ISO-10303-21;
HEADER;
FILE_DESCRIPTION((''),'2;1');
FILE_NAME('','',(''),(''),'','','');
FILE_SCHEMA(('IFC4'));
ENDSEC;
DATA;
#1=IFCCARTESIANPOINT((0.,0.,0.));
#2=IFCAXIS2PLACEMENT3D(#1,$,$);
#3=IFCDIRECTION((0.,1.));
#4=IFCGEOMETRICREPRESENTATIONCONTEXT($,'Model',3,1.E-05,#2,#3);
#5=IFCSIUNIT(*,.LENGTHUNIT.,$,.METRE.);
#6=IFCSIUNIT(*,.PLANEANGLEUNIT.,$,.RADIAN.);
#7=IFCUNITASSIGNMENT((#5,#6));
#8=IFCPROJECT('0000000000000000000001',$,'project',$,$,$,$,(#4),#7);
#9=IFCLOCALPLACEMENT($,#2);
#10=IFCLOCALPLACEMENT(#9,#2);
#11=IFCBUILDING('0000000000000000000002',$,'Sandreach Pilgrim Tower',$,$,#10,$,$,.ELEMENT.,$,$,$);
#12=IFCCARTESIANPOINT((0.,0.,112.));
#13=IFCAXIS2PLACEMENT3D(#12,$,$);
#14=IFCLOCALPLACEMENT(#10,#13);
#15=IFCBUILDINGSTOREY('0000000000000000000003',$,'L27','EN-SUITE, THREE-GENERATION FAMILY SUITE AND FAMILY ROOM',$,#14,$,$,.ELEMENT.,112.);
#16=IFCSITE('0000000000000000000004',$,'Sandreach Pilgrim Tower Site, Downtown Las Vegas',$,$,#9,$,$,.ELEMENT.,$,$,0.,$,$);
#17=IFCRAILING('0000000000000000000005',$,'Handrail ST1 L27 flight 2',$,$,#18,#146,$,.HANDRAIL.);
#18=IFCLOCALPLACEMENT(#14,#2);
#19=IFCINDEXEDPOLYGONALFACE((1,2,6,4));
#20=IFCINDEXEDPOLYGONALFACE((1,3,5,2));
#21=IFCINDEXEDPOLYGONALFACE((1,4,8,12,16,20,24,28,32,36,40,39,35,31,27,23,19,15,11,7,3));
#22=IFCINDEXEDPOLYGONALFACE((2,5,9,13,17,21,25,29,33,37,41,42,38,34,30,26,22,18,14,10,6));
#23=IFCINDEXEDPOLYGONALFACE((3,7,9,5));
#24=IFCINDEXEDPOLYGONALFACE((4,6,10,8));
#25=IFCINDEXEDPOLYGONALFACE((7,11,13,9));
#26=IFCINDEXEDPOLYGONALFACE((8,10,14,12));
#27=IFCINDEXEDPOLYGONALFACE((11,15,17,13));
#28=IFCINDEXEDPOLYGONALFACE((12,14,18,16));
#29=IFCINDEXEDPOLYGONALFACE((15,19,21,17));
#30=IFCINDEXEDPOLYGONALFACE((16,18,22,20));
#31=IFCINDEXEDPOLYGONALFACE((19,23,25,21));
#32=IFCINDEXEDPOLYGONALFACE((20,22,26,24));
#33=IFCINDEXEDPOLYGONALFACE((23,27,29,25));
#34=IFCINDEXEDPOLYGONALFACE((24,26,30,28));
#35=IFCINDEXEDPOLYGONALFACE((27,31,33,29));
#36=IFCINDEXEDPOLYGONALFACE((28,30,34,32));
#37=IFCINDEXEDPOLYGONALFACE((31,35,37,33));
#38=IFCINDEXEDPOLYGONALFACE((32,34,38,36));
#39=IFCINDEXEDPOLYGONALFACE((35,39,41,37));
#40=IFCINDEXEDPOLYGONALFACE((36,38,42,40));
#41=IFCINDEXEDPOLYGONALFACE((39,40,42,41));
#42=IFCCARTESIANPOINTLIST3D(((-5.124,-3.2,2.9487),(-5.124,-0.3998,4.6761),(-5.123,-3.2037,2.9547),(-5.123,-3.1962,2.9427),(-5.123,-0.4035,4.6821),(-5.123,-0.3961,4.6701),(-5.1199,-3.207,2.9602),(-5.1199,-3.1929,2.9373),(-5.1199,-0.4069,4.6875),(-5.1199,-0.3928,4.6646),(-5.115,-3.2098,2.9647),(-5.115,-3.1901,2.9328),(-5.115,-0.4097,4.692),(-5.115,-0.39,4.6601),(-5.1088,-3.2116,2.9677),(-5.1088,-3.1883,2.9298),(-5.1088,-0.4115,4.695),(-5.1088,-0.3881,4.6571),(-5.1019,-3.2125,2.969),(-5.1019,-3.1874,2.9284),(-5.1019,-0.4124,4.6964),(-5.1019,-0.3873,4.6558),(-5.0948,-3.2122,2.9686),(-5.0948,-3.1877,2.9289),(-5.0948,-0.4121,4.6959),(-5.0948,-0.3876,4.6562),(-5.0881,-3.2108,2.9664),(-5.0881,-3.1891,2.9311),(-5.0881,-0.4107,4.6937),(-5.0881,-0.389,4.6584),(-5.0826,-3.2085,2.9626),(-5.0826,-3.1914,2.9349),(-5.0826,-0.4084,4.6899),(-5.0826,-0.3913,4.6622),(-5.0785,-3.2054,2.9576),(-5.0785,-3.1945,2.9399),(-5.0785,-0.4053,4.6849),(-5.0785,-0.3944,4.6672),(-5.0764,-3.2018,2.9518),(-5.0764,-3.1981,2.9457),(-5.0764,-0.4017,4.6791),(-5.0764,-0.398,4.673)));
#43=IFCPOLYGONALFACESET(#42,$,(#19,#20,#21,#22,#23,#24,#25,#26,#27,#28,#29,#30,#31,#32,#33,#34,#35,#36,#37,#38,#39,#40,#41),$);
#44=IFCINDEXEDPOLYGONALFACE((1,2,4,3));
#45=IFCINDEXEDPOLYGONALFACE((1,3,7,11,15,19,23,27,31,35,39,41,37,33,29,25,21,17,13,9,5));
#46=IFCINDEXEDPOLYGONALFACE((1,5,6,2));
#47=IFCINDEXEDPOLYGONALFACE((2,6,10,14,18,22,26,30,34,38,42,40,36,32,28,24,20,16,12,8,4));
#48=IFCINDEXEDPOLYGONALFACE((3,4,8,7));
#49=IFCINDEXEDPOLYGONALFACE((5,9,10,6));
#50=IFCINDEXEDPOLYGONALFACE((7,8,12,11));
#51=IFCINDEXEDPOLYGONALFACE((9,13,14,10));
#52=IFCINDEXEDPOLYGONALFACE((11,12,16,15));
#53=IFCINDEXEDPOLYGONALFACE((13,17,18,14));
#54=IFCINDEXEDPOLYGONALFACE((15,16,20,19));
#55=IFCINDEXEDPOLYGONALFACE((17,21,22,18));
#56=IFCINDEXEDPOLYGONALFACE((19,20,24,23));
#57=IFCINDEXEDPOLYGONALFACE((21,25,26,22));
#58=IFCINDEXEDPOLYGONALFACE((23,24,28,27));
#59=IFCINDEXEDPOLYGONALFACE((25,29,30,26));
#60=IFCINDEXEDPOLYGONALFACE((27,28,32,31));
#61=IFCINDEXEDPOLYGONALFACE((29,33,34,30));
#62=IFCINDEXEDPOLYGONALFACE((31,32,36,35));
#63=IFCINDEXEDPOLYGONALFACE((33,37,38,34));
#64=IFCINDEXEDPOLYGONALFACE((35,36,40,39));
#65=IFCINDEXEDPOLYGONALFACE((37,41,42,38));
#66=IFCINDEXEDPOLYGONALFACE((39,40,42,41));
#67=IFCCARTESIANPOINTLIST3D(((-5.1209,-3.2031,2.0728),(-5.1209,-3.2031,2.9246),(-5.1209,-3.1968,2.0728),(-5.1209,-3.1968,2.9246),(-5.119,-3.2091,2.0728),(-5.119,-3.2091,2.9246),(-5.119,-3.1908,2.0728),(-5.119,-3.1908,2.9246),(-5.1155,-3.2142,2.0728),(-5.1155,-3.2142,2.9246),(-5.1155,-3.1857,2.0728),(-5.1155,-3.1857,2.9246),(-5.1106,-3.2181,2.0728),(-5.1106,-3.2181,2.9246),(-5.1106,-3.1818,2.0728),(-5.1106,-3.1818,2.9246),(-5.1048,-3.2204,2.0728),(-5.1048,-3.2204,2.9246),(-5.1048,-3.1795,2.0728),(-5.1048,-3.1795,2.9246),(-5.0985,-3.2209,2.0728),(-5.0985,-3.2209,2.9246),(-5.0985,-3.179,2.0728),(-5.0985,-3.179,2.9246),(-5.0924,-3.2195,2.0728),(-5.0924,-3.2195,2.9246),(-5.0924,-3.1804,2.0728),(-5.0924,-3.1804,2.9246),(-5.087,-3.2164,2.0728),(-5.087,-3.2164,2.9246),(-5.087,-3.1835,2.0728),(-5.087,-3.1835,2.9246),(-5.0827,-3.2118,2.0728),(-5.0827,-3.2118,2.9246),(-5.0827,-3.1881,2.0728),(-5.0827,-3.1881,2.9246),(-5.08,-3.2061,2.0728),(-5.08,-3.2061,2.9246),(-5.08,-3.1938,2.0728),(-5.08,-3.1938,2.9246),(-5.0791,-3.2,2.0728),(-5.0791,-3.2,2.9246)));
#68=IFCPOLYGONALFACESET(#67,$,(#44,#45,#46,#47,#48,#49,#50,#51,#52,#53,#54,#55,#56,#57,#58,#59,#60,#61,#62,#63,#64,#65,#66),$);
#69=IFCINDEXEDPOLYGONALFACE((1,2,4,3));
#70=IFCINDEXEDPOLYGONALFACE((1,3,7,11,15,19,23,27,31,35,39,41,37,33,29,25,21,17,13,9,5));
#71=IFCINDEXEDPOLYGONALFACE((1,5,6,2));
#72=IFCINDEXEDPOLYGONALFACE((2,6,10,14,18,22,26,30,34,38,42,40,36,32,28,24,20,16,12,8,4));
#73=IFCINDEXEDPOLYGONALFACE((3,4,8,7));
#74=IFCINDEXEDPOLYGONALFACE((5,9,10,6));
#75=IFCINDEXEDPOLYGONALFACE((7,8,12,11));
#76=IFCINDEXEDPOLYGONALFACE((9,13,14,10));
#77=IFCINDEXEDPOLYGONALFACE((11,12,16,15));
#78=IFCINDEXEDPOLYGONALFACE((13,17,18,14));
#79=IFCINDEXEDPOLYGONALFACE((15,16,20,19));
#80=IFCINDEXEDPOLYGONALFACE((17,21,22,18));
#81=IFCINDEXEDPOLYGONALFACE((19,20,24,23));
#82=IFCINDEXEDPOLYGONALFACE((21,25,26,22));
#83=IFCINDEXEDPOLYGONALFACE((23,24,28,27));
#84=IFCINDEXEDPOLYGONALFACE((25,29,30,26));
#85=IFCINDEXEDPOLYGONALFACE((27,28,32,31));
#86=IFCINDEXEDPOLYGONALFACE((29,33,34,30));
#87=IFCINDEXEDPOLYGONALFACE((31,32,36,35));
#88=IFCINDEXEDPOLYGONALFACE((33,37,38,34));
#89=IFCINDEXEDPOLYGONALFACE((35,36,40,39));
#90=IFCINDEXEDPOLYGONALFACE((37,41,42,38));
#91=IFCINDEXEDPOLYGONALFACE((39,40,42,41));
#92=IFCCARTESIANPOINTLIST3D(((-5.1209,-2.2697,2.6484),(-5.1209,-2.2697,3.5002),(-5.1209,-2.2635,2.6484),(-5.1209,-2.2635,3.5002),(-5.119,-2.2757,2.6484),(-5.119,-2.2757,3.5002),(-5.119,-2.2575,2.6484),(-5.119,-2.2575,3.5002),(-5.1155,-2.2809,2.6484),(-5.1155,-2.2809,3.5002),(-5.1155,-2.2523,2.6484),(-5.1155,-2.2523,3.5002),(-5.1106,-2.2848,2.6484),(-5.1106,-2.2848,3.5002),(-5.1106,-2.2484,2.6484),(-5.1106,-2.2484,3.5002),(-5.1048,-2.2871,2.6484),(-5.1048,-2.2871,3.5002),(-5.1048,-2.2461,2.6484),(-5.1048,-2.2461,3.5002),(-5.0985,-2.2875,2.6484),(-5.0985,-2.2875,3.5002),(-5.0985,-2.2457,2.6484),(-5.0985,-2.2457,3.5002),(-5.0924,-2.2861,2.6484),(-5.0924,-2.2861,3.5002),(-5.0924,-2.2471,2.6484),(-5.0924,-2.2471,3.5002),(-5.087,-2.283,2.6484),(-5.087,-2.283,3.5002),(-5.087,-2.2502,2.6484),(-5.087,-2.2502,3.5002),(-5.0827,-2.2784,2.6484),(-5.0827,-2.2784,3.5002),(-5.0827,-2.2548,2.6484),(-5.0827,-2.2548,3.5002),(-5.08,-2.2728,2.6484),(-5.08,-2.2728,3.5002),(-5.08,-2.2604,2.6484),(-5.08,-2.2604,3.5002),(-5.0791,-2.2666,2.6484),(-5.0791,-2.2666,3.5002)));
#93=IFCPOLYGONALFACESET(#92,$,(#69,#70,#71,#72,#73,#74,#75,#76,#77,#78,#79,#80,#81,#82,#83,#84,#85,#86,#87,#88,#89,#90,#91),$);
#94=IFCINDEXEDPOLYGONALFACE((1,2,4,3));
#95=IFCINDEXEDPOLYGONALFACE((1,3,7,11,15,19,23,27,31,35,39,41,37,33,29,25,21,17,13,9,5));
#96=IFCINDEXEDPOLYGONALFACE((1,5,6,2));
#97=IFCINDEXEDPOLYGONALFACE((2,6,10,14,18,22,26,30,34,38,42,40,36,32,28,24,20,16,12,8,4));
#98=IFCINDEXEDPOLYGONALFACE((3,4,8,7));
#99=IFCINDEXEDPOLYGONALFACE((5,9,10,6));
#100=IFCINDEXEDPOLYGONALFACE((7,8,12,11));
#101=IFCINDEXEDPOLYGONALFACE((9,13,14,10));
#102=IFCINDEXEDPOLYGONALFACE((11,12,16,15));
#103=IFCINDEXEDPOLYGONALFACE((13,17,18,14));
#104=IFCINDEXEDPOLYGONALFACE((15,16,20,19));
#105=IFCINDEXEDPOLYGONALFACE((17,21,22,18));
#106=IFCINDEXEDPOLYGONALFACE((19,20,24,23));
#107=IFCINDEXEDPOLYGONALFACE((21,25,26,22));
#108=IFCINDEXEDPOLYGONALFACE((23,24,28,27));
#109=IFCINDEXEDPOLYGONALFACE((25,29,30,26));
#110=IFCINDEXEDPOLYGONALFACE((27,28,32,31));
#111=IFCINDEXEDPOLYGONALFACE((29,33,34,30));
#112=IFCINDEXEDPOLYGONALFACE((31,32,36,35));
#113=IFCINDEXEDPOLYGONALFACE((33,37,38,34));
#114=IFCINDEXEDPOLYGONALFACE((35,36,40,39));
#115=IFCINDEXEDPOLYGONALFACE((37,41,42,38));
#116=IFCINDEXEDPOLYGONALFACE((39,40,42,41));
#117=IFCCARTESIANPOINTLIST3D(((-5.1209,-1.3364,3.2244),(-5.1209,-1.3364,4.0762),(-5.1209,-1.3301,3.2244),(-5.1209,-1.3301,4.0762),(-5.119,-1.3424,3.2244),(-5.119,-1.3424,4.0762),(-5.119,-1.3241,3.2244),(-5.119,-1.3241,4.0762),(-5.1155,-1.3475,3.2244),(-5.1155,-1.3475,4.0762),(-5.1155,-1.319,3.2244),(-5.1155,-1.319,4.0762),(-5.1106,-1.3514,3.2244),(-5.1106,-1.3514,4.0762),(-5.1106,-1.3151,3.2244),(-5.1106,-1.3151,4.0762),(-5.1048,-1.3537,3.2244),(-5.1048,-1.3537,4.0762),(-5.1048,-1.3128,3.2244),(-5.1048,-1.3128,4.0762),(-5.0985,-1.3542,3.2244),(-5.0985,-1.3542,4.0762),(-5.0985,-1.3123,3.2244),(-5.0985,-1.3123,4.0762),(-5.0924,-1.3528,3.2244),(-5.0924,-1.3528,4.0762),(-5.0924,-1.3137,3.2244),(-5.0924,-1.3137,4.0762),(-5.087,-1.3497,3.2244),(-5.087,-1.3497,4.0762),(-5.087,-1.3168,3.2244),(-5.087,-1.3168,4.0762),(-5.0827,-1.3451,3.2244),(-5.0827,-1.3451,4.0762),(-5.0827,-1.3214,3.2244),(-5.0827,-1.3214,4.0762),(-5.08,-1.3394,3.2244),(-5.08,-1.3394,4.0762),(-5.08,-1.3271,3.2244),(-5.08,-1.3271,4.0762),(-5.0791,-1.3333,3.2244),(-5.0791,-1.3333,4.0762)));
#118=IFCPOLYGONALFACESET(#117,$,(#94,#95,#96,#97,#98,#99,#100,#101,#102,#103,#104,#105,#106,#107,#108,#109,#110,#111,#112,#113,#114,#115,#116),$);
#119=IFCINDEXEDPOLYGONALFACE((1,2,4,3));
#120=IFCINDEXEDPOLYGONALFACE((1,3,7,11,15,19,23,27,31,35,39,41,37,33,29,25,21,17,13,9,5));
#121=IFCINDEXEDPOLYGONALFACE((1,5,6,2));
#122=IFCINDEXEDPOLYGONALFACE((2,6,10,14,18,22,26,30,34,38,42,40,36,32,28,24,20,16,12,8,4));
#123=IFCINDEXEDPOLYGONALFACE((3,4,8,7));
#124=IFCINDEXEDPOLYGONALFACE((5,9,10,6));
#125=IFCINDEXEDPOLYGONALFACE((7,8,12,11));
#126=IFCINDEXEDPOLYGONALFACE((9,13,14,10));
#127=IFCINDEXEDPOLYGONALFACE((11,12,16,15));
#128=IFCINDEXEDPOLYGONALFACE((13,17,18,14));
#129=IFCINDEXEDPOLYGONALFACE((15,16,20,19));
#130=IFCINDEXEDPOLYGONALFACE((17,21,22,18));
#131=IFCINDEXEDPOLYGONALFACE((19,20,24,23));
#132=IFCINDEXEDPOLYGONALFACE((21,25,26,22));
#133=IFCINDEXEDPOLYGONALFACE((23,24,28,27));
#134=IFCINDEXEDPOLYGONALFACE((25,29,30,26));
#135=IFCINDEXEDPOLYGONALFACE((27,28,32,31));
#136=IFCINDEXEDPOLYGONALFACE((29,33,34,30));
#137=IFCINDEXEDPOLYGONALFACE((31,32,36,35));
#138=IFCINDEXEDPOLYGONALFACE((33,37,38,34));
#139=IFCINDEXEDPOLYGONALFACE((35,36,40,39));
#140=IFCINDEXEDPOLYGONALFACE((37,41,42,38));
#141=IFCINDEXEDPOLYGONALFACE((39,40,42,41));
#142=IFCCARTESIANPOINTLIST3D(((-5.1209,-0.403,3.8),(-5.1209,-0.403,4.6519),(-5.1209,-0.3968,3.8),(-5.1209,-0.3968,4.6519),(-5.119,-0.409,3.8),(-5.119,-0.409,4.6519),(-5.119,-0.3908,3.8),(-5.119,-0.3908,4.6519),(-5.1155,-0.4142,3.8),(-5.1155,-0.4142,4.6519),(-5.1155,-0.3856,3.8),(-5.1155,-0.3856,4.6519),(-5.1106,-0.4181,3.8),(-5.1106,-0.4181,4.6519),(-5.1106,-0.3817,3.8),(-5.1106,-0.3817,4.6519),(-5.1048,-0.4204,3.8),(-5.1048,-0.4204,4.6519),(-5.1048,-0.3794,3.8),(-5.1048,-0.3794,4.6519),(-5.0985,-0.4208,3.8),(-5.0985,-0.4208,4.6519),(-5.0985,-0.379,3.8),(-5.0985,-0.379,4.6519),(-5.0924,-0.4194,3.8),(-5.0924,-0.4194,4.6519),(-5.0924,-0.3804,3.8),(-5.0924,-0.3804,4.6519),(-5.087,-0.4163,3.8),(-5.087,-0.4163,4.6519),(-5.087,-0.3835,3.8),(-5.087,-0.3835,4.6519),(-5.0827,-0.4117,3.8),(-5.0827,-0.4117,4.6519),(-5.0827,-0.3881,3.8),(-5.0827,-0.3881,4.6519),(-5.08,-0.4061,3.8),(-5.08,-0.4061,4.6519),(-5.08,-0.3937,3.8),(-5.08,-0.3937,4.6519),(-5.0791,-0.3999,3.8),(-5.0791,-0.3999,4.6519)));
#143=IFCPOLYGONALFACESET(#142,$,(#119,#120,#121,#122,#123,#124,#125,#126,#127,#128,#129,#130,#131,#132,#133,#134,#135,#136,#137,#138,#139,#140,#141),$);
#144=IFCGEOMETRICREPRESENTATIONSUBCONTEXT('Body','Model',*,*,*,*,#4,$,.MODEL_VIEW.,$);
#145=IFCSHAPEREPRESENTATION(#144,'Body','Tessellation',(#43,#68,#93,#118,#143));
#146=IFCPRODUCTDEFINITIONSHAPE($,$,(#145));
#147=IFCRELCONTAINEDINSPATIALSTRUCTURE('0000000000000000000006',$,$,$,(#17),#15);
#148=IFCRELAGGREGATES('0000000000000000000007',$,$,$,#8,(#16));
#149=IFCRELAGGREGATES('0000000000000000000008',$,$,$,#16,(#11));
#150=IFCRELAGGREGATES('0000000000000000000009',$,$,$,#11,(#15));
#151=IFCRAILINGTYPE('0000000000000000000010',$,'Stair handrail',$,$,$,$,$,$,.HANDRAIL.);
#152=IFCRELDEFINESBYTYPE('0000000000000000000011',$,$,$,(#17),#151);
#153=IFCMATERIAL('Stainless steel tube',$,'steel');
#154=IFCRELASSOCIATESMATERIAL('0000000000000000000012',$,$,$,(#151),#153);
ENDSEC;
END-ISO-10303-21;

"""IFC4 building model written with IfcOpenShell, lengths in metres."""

from ifc_helpers import new_model, si_unit, direction, frame, origin, origin_2d, place, context, subcontext, project, spatial, circle, extrude, material, type_object, element, save


model = new_model("IFC4")

# Units and contexts
model_context = context("Model", 3, precision=1e-05, world=origin(), true_north=direction((0.0, 1.0)))
body_context = subcontext(model_context, "Body", "Model", "MODEL_VIEW")
ifc_project = project(units=[si_unit("LENGTHUNIT", "METRE"), si_unit("PLANEANGLEUNIT", "RADIAN")], contexts=[model_context])

# Site, building, storey
site_placement = place(None, origin())
site = spatial("IfcSite", under=ifc_project, at=site_placement, Name="Sandreach Pilgrim Tower Site, Downtown Las Vegas", CompositionType="ELEMENT", RefElevation=0.0)
building_placement = place(site_placement, origin())
building = spatial("IfcBuilding", under=site, at=building_placement, Name="Sandreach Pilgrim Tower", CompositionType="ELEMENT")
storey_placement = place(building_placement, frame((0.0, 0.0, 112.0)))
storey = spatial("IfcBuildingStorey", under=building, at=storey_placement, Name="L27", Description="EN-SUITE, THREE-GENERATION FAMILY SUITE AND FAMILY ROOM", CompositionType="ELEMENT", Elevation=112.0)

# Railing
ifc_material_1 = material(Name="Stainless steel tube", Category="steel")
railing_type = type_object("IfcRailingType", Name="Stair handrail", PredefinedType="HANDRAIL", material=ifc_material_1)
for number, where, name in (
    (1, (-5.1001, -3.2, 2.0728), "Handrail ST1 L27 flight 2"),
):
    element("IfcRailing", number, at=place(storey_placement, frame(where)), inside=storey, type_object=railing_type, Name=name, PredefinedType="HANDRAIL", context=body_context, shape_type="SweptSolid", body=[
        extrude(circle(Radius=0.0239, at=origin_2d()), frame((0.0, 0.0, 0.876), z_axis=(0.0, 0.85109, 0.52502), x_axis=(-1.0, 0.0, 0.0)), (0.0, 0.0, 1.0), 3.29),
        extrude(circle(Radius=0.021, at=origin_2d()), origin(), (0.0, 0.0, 1.0), 0.8518),
        extrude(circle(Radius=0.021, at=origin_2d()), frame((0.0, 0.9333, 0.5757)), (0.0, 0.0, 1.0), 0.8518),
        extrude(circle(Radius=0.021, at=origin_2d()), frame((0.0, 1.8667, 1.1516)), (0.0, 0.0, 1.0), 0.8518),
        extrude(circle(Radius=0.021, at=origin_2d()), frame((0.0, 2.8, 1.7273)), (0.0, 0.0, 1.0), 0.8518),
    ])

save(model, "model.ifc")
